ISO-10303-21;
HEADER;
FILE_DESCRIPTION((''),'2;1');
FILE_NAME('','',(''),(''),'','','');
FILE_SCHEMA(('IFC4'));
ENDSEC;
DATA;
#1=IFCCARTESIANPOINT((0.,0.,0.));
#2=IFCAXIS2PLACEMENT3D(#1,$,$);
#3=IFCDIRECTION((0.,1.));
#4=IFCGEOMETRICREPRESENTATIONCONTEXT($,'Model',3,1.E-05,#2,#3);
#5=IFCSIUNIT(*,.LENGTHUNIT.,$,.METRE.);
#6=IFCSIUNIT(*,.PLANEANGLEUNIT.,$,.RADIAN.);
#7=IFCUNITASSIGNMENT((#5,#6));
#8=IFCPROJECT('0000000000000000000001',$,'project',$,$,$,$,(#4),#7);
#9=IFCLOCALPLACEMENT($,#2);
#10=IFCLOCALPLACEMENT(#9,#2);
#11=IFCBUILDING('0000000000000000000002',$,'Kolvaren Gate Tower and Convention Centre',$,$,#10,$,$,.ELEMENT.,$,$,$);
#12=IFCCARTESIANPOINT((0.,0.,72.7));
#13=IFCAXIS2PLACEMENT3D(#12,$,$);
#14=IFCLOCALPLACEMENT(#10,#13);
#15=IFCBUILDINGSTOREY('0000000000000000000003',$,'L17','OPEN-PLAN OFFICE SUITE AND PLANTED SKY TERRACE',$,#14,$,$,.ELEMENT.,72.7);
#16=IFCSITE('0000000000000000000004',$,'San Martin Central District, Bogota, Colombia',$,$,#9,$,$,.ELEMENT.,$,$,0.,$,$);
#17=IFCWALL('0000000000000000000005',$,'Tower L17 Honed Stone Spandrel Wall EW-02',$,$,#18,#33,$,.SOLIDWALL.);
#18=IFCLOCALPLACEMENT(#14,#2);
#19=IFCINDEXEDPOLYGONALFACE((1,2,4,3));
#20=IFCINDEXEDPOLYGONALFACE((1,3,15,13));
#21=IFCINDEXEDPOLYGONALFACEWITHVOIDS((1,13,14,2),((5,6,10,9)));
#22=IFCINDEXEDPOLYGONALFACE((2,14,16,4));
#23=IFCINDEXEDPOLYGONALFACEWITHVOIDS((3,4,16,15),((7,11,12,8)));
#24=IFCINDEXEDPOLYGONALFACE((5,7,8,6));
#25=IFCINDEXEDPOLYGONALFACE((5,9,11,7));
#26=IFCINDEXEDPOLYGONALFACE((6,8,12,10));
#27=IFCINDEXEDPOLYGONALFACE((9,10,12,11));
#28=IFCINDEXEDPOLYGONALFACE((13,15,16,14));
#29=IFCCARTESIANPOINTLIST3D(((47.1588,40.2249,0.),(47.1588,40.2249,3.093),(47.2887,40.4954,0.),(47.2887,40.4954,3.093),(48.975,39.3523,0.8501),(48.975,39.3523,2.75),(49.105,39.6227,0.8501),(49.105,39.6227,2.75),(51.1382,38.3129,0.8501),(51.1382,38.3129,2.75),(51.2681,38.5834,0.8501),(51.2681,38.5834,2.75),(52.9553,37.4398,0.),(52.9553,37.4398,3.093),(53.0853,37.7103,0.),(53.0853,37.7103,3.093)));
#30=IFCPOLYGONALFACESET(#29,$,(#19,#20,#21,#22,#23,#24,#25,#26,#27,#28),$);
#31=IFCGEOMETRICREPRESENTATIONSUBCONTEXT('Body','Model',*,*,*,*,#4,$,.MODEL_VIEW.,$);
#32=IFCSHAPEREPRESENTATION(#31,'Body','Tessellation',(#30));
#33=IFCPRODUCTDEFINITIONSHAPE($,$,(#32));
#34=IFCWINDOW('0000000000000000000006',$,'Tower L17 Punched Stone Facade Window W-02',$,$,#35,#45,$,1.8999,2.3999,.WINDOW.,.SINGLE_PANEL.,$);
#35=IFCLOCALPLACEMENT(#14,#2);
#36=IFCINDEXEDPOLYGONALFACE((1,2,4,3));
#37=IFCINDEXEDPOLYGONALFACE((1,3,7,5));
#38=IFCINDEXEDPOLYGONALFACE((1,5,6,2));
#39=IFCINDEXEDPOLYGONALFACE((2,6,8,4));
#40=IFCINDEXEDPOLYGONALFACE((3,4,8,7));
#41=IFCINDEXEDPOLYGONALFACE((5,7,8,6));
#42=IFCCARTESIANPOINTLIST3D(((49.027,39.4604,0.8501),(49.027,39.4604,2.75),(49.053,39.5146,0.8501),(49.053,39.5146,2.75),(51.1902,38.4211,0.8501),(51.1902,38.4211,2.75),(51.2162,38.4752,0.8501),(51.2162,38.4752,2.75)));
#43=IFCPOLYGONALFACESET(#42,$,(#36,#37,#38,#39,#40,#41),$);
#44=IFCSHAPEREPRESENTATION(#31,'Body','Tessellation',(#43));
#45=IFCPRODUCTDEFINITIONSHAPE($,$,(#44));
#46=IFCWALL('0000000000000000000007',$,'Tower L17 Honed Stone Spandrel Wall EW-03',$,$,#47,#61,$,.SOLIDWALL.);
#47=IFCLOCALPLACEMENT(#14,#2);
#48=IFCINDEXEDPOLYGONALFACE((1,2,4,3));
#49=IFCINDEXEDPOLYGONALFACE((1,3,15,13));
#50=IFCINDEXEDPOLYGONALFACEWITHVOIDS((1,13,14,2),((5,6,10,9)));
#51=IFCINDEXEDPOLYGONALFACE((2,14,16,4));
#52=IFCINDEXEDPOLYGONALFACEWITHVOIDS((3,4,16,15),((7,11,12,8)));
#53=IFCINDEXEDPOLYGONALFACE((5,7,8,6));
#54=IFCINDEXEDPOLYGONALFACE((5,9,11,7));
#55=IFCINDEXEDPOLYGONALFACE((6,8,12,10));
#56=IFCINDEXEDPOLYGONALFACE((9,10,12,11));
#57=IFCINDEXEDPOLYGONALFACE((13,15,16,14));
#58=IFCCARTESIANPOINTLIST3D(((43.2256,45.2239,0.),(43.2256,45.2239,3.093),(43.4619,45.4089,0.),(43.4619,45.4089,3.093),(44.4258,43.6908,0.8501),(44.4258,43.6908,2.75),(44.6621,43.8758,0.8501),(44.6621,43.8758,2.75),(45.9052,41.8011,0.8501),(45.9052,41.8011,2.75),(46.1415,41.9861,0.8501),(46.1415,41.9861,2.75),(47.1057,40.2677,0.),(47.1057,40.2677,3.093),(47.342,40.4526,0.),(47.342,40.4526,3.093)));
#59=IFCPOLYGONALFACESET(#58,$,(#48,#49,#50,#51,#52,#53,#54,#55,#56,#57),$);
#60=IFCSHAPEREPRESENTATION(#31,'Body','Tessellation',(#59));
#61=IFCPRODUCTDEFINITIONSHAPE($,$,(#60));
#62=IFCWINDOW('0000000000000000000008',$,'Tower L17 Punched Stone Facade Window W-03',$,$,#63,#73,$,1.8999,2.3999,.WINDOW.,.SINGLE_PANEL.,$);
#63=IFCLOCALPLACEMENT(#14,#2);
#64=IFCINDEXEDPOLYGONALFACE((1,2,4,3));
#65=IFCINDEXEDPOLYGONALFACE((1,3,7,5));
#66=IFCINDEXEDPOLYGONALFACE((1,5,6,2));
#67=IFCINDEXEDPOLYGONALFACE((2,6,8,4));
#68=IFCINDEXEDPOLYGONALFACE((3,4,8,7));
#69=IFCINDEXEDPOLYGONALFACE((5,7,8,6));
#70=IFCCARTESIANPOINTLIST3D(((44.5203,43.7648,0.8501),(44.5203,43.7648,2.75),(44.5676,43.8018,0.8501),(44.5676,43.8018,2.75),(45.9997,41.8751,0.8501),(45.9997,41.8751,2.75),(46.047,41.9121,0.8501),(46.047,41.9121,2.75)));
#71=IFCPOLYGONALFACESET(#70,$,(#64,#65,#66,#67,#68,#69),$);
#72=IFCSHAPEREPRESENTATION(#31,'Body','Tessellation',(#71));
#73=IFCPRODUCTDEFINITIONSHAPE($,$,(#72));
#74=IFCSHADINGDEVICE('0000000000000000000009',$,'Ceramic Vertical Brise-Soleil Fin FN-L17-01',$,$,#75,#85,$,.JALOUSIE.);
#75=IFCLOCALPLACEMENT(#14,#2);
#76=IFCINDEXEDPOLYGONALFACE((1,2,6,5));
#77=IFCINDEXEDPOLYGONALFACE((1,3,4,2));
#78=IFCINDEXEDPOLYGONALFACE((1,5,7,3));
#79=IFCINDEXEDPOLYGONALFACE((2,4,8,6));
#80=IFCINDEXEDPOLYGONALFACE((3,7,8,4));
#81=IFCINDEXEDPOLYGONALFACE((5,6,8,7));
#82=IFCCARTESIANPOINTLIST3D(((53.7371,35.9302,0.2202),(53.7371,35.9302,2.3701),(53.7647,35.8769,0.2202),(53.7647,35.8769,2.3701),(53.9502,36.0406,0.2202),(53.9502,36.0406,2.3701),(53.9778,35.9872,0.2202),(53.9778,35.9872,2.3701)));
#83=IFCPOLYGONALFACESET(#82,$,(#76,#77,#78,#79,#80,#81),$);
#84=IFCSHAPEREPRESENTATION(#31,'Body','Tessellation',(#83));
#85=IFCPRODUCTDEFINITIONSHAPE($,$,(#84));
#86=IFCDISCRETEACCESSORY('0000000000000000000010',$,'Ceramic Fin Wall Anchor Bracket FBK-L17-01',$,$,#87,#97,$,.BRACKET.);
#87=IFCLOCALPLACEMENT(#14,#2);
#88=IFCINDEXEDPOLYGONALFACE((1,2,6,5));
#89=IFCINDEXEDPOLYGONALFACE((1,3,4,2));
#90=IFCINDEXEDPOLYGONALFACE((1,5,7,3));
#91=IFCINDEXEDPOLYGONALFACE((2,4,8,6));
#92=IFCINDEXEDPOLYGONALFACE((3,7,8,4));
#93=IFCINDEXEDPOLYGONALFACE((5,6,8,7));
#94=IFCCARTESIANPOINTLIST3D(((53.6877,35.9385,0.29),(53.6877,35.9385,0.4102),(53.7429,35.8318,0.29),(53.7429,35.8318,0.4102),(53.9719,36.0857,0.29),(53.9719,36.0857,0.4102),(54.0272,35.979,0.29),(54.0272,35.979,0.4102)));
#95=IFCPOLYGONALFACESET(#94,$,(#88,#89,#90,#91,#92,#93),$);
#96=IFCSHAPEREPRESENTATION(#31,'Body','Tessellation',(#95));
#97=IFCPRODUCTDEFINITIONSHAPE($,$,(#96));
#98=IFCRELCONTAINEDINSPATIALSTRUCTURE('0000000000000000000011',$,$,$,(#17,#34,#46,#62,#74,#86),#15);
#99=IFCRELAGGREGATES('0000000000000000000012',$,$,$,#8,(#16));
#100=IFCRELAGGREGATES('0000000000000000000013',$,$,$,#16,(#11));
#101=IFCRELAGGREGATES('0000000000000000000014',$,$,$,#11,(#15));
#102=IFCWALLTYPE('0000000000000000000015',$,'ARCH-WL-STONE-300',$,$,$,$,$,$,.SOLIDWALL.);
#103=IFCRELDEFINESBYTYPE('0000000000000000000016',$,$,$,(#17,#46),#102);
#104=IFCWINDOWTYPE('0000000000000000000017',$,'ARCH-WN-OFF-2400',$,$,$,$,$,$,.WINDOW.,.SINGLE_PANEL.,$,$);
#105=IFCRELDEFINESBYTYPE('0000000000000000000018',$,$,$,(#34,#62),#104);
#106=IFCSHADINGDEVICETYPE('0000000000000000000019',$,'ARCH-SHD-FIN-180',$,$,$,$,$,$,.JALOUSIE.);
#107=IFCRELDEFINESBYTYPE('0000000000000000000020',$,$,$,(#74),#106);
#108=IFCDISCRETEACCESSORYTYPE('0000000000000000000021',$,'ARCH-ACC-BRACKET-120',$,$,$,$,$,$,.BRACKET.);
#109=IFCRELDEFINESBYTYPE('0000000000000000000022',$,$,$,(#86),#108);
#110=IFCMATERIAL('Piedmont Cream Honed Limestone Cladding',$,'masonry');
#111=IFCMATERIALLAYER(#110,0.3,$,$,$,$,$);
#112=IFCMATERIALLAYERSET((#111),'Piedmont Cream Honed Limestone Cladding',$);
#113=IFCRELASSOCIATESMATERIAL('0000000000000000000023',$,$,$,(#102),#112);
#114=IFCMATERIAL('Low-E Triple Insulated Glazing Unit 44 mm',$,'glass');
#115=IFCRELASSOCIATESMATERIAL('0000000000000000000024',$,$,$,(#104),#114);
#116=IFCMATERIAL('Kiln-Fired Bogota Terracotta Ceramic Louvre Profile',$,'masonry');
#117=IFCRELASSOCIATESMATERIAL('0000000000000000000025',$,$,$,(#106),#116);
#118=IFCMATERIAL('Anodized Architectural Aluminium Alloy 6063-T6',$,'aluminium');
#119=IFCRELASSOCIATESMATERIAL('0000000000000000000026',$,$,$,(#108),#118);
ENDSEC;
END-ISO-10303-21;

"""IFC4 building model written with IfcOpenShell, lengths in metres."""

from ifc_helpers import new_model, si_unit, direction, frame, frame_2d, origin, origin_2d, place, context, subcontext, project, spatial, rectangle, extrude, material, layer, layer_set, type_object, element, fill, save


model = new_model("IFC4")

# Units and contexts
model_context = context("Model", 3, precision=1e-05, world=origin(), true_north=direction((0.0, 1.0)))
body_context = subcontext(model_context, "Body", "Model", "MODEL_VIEW")
ifc_project = project(units=[si_unit("LENGTHUNIT", "METRE"), si_unit("PLANEANGLEUNIT", "RADIAN")], contexts=[model_context])

# Site, building, storey
site_placement = place(None, origin())
site = spatial("IfcSite", under=ifc_project, at=site_placement, Name="San Martin Central District, Bogota, Colombia", CompositionType="ELEMENT", RefElevation=0.0)
building_placement = place(site_placement, origin())
building = spatial("IfcBuilding", under=site, at=building_placement, Name="Kolvaren Gate Tower and Convention Centre", CompositionType="ELEMENT")
storey_placement = place(building_placement, frame((0.0, 0.0, 72.7)))
storey = spatial("IfcBuildingStorey", under=building, at=storey_placement, Name="L17", Description="OPEN-PLAN OFFICE SUITE AND PLANTED SKY TERRACE", CompositionType="ELEMENT", Elevation=72.7)

# Shared definitions
ifc_material_1 = material(Name="Piedmont Cream Honed Limestone Cladding", Category="masonry")
ifc_layer_1 = layer(ifc_material_1, 0.3)
ifc_layer_set_1 = layer_set([ifc_layer_1], Name="Piedmont Cream Honed Limestone Cladding")
wall_type_1 = type_object("IfcWallType", Name="ARCH-WL-STONE-300", PredefinedType="SOLIDWALL", material=ifc_layer_set_1)

# Shared definitions
ifc_material_2 = material(Name="Anodized Architectural Aluminium Alloy 6063-T6", Category="aluminium")
ifc_material_3 = material(Name="Low-E Triple Insulated Glazing Unit 44 mm", Category="glass")

# Walls, openings, windows
wall_1_placement = place(storey_placement, frame((47.2239, 40.3601, 0.0), z_axis=(0.0, 0.0, 1.0), x_axis=(0.901355, -0.433082, 0.0)))
wall_1 = element("IfcWall", 1, at=wall_1_placement, inside=storey, type_object=wall_type_1, Name="Tower L17 Honed Stone Spandrel Wall EW-02", PredefinedType="SOLIDWALL", context=body_context, shape_type="SweptSolid", body=[
    extrude(rectangle(XDim=6.4309, YDim=0.3, at=frame_2d((3.2153, 0.0))), origin(), (0.0, 0.0, 1.0), 3.093),
])
opening_1_placement = place(wall_1_placement, frame((2.0149, 0.0, 0.8501)))
opening_1 = element("IfcOpeningElement", 2, at=opening_1_placement, cuts=wall_1, PredefinedType="OPENING", context=body_context, shape_type="SweptSolid", body=[
    extrude(rectangle(XDim=2.3999, YDim=1.8999, at=frame_2d((1.2, 0.95))), frame((0.0, 0.1599, 0.0), z_axis=(0.0, -1.0, 0.0), x_axis=(1.0, 0.0, 0.0)), (0.0, 0.0, 1.0), 0.3201),
])
window_type_1 = type_object("IfcWindowType", Name="ARCH-WN-OFF-2400", PartitioningType="SINGLE_PANEL", PredefinedType="WINDOW", material=ifc_material_3)
window_1_placement = place(opening_1_placement, origin())
window_1 = element("IfcWindow", 3, at=window_1_placement, inside=storey, type_object=window_type_1, Name="Tower L17 Punched Stone Facade Window W-02", OverallHeight=1.8999, OverallWidth=2.3999, PartitioningType="SINGLE_PANEL", PredefinedType="WINDOW", context=body_context, shape_type="SweptSolid", body=[
    extrude(rectangle(XDim=2.3999, YDim=1.8999, at=frame_2d((1.2, 0.95))), frame((0.0, 0.03, 0.0), z_axis=(0.0, -1.0, 0.0), x_axis=(1.0, 0.0, 0.0)), (0.0, 0.0, 1.0), 0.0601),
])
fill(opening_1, window_1)
wall_2_placement = place(storey_placement, frame((43.3438, 45.3164, 0.0), z_axis=(0.0, 0.0, 1.0), x_axis=(0.616435, -0.787406, 0.0)))
wall_2 = element("IfcWall", 4, at=wall_2_placement, inside=storey, type_object=wall_type_1, Name="Tower L17 Honed Stone Spandrel Wall EW-03", PredefinedType="SOLIDWALL", context=body_context, shape_type="SweptSolid", body=[
    extrude(rectangle(XDim=6.2944, YDim=0.3, at=frame_2d((3.1472, 0.0))), origin(), (0.0, 0.0, 1.0), 3.093),
])
opening_2_placement = place(wall_2_placement, frame((1.947, 0.0, 0.8501)))
opening_2 = element("IfcOpeningElement", 5, at=opening_2_placement, cuts=wall_2, PredefinedType="OPENING", context=body_context, shape_type="SweptSolid", body=[
    extrude(rectangle(XDim=2.3999, YDim=1.8999, at=frame_2d((1.2, 0.95))), frame((0.0, 0.1599, 0.0), z_axis=(0.0, -1.0, 0.0), x_axis=(1.0, 0.0, 0.0)), (0.0, 0.0, 1.0), 0.3201),
])
window_2_placement = place(opening_2_placement, origin())
window_2 = element("IfcWindow", 6, at=window_2_placement, inside=storey, type_object=window_type_1, Name="Tower L17 Punched Stone Facade Window W-03", OverallHeight=1.8999, OverallWidth=2.3999, PartitioningType="SINGLE_PANEL", PredefinedType="WINDOW", context=body_context, shape_type="SweptSolid", body=[
    extrude(rectangle(XDim=2.3999, YDim=1.8999, at=frame_2d((1.2, 0.95))), frame((0.0, 0.03, 0.0), z_axis=(0.0, -1.0, 0.0), x_axis=(1.0, 0.0, 0.0)), (0.0, 0.0, 1.0), 0.0601),
])
fill(opening_2, window_2)

# Shading device
ifc_material_4 = material(Name="Kiln-Fired Bogota Terracotta Ceramic Louvre Profile", Category="masonry")
shading_device_type = type_object("IfcShadingDeviceType", Name="ARCH-SHD-FIN-180", PredefinedType="JALOUSIE", material=ifc_material_4)
shading_device_placement = place(storey_placement, frame((53.8574, 35.9587, 0.2202), z_axis=(0.0, 0.0, 1.0), x_axis=(0.459802, -0.888022, 0.0)))
element("IfcShadingDevice", 7, at=shading_device_placement, inside=storey, type_object=shading_device_type, Name="Ceramic Vertical Brise-Soleil Fin FN-L17-01", PredefinedType="JALOUSIE", context=body_context, shape_type="SweptSolid", body=[
    extrude(rectangle(XDim=0.0601, YDim=0.24, at=origin_2d()), origin(), (0.0, 0.0, 1.0), 2.1499),
])

# Discrete accessory
discrete_accessory_type = type_object("IfcDiscreteAccessoryType", Name="ARCH-ACC-BRACKET-120", PredefinedType="BRACKET", material=ifc_material_2)
discrete_accessory_placement = place(storey_placement, frame((53.8574, 35.9587, 0.29), z_axis=(0.0, 0.0, 1.0), x_axis=(0.459802, -0.888022, 0.0)))
element("IfcDiscreteAccessory", 8, at=discrete_accessory_placement, inside=storey, type_object=discrete_accessory_type, Name="Ceramic Fin Wall Anchor Bracket FBK-L17-01", PredefinedType="BRACKET", context=body_context, shape_type="SweptSolid", body=[
    extrude(rectangle(XDim=0.1201, YDim=0.3201, at=origin_2d()), origin(), (0.0, 0.0, 1.0), 0.1201),
])

save(model, "model.ifc")
